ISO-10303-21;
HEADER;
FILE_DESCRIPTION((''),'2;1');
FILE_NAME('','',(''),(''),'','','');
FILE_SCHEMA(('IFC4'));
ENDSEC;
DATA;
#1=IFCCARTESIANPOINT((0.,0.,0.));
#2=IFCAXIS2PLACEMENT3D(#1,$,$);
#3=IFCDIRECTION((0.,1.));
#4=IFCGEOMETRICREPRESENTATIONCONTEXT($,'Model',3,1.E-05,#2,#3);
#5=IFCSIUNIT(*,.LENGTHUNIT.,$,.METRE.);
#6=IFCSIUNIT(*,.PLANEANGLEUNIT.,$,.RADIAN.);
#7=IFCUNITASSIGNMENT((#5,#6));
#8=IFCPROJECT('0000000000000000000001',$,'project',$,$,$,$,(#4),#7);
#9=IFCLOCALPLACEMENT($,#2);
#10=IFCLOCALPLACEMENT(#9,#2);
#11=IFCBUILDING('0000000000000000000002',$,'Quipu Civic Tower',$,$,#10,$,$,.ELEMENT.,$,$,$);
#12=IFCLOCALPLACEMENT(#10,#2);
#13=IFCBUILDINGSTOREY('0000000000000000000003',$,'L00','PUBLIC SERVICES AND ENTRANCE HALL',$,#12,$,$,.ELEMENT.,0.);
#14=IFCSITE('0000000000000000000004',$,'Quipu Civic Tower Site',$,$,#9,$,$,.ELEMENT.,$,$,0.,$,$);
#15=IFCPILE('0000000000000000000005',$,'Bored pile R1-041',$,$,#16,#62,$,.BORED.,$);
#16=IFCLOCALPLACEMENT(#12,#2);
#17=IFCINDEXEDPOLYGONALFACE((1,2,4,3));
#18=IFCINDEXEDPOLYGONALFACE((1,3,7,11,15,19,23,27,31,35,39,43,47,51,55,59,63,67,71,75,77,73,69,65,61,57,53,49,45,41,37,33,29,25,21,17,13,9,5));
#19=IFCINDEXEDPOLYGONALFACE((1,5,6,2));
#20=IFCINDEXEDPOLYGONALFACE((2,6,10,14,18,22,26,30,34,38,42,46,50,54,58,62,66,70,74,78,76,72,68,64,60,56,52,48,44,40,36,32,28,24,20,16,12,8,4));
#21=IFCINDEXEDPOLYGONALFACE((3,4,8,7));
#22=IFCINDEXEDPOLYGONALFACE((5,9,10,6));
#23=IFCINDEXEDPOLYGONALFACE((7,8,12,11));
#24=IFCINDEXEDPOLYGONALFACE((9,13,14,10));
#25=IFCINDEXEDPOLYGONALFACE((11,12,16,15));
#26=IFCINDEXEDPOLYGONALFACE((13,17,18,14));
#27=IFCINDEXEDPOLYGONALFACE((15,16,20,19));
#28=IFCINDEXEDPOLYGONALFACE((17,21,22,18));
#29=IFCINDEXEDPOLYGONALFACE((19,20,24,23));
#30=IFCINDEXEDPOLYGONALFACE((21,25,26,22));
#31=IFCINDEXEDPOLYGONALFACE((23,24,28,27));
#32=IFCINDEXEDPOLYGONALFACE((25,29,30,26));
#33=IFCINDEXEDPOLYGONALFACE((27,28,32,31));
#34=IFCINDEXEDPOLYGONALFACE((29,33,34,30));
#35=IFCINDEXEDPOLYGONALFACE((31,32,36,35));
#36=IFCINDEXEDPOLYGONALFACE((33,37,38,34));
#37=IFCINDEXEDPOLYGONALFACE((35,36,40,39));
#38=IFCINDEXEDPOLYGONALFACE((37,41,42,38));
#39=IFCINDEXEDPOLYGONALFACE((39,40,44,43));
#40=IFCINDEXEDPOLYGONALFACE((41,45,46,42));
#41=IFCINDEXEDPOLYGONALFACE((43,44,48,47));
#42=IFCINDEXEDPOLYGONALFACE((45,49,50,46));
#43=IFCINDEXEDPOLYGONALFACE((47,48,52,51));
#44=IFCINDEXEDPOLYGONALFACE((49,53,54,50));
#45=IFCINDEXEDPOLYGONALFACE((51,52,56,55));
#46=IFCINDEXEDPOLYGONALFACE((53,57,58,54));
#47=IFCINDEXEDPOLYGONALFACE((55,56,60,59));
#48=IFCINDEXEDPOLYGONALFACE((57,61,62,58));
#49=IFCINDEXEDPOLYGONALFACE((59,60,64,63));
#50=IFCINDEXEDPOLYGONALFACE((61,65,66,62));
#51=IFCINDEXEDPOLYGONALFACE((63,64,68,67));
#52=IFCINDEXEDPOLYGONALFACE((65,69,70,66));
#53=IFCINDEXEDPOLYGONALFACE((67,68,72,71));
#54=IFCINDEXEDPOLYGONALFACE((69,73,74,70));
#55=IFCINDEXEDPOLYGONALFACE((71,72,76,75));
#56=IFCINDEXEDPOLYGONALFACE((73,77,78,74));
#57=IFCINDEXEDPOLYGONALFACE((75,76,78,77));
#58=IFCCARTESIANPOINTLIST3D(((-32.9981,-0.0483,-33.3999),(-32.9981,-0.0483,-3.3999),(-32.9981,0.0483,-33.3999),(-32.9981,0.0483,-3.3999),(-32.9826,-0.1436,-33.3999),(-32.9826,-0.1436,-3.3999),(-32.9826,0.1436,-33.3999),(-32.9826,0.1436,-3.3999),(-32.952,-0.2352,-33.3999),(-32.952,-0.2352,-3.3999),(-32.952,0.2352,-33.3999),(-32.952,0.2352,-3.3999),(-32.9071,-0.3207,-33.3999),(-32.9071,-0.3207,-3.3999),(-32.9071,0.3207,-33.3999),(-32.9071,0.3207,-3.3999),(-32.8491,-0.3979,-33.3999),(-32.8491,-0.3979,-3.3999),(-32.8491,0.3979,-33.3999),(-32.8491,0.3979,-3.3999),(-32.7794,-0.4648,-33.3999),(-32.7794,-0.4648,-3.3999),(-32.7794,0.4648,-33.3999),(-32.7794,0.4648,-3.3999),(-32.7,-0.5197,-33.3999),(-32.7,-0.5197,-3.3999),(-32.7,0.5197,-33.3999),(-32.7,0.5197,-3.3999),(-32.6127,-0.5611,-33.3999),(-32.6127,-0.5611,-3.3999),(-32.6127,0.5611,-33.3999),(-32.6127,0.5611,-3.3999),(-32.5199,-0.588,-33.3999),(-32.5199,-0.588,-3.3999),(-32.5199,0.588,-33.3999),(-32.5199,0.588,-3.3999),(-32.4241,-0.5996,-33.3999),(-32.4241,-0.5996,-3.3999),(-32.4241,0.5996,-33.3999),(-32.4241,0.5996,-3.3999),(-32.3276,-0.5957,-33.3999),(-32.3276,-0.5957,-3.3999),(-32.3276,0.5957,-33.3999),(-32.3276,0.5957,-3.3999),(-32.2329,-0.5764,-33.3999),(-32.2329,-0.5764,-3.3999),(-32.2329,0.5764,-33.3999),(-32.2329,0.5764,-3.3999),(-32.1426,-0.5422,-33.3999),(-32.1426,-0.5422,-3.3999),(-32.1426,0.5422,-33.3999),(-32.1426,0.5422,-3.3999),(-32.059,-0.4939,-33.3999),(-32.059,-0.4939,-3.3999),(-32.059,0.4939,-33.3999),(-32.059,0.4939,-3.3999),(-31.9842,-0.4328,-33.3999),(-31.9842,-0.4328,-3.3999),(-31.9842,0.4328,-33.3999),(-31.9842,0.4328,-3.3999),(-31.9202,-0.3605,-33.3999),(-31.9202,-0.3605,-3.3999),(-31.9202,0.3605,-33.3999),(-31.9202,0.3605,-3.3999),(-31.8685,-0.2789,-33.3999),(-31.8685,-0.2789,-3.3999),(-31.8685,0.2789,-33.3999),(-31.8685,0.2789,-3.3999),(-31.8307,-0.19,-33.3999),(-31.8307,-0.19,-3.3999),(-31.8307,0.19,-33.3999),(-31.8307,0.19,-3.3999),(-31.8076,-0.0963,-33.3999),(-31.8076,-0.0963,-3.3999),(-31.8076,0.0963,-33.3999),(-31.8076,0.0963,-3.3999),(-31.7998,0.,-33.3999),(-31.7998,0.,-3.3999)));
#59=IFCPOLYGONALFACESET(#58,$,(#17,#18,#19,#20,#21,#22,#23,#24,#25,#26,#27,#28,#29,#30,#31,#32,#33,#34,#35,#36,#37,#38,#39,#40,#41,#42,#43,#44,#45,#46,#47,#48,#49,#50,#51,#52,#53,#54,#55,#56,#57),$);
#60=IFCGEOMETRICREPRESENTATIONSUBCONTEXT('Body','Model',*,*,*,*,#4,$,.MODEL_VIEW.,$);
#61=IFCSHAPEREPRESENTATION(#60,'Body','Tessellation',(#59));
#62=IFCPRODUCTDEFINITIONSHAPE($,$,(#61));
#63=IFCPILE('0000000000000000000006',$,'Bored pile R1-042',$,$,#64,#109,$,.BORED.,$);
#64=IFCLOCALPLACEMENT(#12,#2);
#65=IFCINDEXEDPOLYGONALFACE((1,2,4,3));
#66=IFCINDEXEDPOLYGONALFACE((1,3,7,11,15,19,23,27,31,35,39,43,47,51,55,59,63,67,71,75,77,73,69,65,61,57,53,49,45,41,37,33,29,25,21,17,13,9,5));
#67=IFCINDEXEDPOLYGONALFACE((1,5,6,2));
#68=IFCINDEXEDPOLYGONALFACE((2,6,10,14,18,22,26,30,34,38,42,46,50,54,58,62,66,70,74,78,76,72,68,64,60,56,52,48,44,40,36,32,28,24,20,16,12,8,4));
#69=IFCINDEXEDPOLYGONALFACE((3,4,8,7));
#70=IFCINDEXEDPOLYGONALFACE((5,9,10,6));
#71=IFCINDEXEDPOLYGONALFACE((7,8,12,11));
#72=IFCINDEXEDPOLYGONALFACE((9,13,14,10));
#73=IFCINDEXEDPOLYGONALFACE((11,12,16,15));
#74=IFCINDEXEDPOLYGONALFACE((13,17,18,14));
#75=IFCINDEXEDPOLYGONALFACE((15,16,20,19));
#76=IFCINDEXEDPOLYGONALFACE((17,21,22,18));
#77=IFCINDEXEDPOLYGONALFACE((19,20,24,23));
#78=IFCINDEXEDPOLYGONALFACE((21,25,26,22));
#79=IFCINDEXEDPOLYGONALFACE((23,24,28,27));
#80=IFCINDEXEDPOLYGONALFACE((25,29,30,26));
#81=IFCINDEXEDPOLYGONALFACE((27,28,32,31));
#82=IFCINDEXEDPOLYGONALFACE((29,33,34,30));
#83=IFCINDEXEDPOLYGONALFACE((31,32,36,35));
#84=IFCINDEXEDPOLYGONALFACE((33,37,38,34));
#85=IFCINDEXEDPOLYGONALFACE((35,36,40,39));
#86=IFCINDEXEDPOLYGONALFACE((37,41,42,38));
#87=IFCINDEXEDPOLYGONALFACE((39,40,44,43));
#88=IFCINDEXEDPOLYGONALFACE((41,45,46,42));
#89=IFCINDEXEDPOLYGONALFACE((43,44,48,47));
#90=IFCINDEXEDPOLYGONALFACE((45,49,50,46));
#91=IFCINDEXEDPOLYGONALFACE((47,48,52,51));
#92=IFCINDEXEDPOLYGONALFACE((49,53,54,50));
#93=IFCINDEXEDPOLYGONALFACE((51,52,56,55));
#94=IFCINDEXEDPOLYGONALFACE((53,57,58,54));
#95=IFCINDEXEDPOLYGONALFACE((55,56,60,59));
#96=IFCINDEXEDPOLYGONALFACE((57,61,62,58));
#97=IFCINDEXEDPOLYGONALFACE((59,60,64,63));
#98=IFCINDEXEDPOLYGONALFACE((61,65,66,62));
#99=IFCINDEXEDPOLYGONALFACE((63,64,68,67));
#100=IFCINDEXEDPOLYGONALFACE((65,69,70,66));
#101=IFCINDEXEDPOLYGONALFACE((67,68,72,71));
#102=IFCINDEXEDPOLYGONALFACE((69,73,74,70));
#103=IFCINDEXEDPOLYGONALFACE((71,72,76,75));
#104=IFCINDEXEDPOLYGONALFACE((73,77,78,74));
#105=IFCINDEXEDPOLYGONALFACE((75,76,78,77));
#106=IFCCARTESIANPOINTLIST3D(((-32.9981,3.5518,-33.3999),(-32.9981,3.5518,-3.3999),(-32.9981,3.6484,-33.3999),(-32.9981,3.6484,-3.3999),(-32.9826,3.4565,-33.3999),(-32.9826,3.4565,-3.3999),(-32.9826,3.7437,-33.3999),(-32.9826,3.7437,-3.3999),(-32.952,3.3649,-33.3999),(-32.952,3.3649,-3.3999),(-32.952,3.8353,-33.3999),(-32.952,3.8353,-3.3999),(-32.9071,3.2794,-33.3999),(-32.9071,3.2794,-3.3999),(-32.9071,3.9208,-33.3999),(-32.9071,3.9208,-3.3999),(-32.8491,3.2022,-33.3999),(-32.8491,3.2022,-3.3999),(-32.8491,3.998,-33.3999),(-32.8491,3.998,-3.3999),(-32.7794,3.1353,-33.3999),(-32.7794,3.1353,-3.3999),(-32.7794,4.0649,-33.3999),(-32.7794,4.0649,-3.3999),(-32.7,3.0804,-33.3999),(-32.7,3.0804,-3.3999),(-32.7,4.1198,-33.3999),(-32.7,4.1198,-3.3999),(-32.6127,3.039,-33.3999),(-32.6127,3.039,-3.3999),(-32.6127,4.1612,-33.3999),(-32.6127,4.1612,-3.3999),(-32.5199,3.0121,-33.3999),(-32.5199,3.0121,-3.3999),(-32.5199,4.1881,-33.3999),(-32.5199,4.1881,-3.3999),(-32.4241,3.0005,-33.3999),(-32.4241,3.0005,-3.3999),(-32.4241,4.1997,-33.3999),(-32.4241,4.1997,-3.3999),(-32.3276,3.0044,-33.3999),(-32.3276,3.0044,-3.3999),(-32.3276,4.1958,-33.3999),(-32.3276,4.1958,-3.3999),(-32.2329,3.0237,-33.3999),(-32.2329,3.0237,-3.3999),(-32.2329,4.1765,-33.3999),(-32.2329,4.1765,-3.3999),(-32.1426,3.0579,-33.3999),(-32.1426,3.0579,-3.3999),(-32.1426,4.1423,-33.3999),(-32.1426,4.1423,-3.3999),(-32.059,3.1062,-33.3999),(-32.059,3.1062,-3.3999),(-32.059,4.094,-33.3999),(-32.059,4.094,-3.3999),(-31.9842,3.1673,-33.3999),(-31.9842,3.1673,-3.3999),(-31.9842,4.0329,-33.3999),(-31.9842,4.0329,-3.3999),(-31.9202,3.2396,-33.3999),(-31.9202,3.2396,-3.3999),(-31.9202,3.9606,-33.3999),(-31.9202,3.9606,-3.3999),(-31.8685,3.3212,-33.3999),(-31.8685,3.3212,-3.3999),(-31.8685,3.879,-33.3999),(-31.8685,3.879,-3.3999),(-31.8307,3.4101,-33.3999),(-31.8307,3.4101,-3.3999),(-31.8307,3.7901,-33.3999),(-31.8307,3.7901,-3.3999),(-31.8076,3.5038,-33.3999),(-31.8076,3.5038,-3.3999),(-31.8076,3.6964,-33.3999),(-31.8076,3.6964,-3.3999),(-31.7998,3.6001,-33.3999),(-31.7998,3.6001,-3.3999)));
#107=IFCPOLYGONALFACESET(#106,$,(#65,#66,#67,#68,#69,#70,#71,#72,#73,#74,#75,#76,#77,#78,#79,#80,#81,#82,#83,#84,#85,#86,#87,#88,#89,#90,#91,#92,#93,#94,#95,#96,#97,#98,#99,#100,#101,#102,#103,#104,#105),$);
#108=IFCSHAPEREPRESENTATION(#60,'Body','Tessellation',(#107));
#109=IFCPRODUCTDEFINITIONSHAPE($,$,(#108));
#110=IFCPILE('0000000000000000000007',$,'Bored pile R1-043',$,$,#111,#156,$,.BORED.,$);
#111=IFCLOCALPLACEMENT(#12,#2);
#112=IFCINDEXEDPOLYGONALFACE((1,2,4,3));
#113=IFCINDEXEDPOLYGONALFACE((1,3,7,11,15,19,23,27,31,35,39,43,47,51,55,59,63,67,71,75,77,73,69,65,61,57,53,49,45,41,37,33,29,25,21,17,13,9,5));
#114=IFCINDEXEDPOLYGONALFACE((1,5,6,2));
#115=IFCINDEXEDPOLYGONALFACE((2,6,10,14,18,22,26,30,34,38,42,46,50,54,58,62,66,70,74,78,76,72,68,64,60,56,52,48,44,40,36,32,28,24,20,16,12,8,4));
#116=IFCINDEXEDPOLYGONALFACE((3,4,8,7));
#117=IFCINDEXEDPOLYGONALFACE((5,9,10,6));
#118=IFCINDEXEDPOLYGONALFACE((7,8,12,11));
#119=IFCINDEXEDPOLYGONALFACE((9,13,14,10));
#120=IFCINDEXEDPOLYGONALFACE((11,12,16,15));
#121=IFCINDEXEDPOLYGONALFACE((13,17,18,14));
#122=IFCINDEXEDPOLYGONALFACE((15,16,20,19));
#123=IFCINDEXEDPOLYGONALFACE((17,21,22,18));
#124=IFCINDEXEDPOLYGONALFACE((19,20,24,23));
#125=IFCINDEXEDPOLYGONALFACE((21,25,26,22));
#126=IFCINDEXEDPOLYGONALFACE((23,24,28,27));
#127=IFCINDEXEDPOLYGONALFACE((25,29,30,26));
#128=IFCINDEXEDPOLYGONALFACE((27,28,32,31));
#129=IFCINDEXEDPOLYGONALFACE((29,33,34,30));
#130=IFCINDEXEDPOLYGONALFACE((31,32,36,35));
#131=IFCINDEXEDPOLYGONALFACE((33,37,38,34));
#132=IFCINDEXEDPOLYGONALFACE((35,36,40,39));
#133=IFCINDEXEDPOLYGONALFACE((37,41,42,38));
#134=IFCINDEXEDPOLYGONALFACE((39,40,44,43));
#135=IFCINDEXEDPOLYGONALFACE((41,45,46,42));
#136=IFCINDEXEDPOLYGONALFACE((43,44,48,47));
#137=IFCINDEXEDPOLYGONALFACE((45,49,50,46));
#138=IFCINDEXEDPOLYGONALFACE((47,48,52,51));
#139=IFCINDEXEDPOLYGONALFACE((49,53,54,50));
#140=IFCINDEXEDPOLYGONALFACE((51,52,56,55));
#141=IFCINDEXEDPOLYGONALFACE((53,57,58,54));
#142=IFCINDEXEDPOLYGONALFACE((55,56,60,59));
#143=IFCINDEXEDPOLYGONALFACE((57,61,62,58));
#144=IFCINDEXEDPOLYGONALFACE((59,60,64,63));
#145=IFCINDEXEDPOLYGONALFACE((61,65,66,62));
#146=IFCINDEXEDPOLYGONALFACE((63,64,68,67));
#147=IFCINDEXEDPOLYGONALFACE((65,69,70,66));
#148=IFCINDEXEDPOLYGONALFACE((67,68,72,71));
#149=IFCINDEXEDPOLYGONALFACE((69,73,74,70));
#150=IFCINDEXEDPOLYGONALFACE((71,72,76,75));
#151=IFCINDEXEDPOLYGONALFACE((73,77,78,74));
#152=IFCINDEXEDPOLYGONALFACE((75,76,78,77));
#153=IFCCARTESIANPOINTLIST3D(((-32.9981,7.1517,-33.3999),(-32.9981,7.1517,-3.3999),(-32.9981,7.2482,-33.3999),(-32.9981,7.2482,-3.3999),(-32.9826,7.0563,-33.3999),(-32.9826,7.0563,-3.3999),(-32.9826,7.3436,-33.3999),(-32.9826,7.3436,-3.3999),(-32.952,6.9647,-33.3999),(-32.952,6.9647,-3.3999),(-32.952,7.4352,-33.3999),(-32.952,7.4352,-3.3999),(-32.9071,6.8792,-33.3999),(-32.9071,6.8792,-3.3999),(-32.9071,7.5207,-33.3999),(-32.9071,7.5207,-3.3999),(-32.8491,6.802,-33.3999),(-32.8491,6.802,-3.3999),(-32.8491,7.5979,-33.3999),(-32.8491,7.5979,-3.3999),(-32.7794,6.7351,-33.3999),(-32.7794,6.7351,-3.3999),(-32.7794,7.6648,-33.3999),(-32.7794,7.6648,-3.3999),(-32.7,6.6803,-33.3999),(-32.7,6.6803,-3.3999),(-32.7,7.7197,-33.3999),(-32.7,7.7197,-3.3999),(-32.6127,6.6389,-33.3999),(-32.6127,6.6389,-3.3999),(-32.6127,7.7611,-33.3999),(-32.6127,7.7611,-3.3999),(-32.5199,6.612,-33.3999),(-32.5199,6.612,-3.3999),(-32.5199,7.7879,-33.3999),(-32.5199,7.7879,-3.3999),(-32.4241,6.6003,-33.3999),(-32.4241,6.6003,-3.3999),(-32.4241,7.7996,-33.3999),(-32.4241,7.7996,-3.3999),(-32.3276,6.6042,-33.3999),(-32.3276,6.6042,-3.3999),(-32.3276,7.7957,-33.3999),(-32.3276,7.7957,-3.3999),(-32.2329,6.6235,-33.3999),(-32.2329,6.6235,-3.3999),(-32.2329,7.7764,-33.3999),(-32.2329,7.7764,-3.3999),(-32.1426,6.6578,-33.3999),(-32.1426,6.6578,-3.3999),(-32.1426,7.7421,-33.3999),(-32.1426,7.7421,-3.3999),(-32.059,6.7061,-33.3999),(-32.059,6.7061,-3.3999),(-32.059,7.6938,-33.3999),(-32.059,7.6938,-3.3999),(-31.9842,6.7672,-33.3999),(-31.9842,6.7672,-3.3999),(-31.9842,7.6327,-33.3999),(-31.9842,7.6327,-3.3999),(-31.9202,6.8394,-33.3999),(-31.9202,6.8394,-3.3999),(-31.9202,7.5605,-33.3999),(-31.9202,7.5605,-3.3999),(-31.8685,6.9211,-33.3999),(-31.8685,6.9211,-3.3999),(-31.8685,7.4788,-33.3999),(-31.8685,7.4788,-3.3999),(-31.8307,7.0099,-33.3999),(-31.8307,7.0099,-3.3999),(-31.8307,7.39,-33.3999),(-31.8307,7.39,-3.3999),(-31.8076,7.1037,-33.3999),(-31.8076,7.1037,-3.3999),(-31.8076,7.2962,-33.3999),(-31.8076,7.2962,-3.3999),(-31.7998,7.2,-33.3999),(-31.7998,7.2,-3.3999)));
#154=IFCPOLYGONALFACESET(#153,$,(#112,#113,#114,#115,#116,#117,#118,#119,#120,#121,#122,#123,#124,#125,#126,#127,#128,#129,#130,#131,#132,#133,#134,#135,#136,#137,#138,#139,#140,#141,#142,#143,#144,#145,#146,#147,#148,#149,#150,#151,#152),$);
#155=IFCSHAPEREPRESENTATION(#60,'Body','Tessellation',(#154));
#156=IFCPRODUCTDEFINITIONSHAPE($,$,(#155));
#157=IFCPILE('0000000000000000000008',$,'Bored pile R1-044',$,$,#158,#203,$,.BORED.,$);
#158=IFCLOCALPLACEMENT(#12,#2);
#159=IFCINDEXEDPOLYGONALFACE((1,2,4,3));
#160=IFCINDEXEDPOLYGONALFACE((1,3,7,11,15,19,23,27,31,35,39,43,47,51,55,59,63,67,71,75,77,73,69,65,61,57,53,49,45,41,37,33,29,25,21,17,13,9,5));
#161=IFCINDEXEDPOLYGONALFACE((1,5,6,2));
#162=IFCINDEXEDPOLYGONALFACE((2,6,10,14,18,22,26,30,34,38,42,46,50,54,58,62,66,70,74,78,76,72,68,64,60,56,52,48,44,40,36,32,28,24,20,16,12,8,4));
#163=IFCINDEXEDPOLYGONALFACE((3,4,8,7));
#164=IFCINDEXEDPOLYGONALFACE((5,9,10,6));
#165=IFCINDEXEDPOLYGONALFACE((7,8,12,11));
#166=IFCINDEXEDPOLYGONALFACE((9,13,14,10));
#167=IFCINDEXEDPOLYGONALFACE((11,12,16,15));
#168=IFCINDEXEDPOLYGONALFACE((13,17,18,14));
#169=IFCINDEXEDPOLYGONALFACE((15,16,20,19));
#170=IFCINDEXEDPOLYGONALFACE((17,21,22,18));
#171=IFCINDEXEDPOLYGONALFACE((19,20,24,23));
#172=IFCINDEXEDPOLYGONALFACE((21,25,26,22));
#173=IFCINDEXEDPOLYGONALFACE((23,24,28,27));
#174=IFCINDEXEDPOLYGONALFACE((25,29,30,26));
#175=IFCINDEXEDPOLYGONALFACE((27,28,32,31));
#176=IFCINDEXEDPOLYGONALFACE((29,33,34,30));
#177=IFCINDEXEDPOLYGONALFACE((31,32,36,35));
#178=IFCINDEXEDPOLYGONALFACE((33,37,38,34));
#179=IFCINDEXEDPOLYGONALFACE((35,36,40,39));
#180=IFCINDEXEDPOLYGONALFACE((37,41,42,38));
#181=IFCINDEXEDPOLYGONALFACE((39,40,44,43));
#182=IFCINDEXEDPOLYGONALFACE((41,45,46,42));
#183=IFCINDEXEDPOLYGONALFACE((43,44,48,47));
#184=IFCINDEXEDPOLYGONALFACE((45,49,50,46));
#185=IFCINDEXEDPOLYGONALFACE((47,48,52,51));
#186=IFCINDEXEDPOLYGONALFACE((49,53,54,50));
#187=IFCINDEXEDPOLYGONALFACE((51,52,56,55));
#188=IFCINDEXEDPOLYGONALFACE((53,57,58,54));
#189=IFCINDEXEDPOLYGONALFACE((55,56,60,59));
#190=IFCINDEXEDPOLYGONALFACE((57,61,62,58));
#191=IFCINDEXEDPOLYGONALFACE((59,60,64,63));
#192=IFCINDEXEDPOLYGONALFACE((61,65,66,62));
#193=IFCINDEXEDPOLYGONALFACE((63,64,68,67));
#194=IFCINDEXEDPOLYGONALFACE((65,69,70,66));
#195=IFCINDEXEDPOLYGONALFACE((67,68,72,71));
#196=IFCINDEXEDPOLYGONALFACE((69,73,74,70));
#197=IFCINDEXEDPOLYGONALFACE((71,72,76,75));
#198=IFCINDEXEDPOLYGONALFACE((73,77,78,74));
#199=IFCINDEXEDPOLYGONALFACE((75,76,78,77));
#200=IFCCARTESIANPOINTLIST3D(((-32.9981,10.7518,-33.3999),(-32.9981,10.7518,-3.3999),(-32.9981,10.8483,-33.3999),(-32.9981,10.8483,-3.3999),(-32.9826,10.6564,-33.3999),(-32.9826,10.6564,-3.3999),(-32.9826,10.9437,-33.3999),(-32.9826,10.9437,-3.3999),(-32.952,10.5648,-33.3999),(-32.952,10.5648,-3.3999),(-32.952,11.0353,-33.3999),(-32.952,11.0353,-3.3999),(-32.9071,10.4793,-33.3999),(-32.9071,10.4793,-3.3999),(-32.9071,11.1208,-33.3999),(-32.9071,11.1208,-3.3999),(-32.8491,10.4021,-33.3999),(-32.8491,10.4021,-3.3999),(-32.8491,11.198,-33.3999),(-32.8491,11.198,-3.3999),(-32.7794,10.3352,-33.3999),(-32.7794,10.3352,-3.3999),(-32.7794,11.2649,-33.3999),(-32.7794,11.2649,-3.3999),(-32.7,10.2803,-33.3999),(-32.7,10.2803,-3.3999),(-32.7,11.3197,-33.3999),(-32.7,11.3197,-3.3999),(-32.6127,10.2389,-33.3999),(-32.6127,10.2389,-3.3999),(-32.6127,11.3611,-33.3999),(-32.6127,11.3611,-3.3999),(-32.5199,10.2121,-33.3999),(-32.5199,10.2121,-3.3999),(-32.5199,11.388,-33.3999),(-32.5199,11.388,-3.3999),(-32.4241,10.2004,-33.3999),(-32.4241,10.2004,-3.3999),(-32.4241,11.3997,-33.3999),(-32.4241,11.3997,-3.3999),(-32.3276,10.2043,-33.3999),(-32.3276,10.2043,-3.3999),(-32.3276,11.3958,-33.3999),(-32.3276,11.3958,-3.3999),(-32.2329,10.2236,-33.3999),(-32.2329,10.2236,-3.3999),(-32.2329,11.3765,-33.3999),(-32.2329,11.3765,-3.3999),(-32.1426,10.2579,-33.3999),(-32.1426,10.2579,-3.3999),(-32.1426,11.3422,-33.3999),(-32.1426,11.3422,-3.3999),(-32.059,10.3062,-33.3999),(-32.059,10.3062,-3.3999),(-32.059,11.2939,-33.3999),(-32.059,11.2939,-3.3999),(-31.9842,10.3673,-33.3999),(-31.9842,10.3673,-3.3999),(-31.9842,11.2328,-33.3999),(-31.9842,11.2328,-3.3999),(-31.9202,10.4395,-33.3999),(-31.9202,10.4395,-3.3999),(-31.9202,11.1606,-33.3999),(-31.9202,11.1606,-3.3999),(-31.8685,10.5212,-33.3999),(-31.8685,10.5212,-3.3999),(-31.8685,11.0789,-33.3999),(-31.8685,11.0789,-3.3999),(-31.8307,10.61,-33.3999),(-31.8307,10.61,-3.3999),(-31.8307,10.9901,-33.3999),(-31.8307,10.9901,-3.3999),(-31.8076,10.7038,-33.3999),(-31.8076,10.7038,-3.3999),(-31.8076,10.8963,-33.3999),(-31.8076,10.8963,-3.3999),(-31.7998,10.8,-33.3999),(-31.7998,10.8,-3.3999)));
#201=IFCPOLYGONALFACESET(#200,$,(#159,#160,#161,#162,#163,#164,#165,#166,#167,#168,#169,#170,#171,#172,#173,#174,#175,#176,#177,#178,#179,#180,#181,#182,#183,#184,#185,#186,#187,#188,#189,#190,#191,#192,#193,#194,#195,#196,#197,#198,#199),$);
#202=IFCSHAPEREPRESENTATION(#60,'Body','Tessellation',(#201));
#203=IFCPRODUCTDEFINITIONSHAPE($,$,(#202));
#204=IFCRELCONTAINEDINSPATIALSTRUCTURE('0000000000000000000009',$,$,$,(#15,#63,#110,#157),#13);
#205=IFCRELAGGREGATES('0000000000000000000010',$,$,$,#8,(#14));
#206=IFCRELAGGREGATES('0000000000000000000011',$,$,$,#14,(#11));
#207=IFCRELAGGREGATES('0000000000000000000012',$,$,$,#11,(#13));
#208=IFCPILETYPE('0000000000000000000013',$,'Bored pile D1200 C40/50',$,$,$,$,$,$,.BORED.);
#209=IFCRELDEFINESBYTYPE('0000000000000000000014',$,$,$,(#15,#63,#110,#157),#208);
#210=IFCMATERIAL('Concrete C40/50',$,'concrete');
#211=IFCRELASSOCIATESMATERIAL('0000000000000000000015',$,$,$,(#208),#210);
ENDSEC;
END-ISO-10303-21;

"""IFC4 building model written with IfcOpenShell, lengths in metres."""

from ifc_helpers import new_model, si_unit, direction, frame, origin, origin_2d, place, context, subcontext, project, spatial, circle, extrude, material, material_profile, profile_set, type_object, element, save


model = new_model("IFC4")

# Units and contexts
model_context = context("Model", 3, precision=1e-05, world=origin(), true_north=direction((0.0, 1.0)))
body_context = subcontext(model_context, "Body", "Model", "MODEL_VIEW")
ifc_project = project(units=[si_unit("LENGTHUNIT", "METRE"), si_unit("PLANEANGLEUNIT", "RADIAN")], contexts=[model_context])

# Site, building, storey
site_placement = place(None, origin())
site = spatial("IfcSite", under=ifc_project, at=site_placement, Name="Quipu Civic Tower Site", CompositionType="ELEMENT", RefElevation=0.0)
building_placement = place(site_placement, origin())
building = spatial("IfcBuilding", under=site, at=building_placement, Name="Quipu Civic Tower", CompositionType="ELEMENT")
storey_placement = place(building_placement, origin())
storey = spatial("IfcBuildingStorey", under=building, at=storey_placement, Name="L00", Description="PUBLIC SERVICES AND ENTRANCE HALL", CompositionType="ELEMENT", Elevation=0.0)

# Piles
ifc_material_1 = material(Name="Concrete C40/50", Category="concrete")
ifc_material_profile_1 = material_profile(ifc_material_1, circle(Radius=0.6001, at=origin_2d()), Name="RCD1200")
ifc_profile_set_1 = profile_set([ifc_material_profile_1], Name="Concrete C40/50")
pile_type = type_object("IfcPileType", Name="Bored pile D1200 C40/50", PredefinedType="BORED", material=ifc_profile_set_1)
for number, where, z_axis, x_axis, name in (
    (1, (-32.3999, 0.0, -3.3999), (0.0, 0.0, -1.0), (1.0, 0.0, 0.0), "Bored pile R1-041"),
    (2, (-32.3999, 3.6001, -3.3999), (0.0, 0.0, -1.0), (1.0, 0.0, 0.0), "Bored pile R1-042"),
    (3, (-32.3999, 7.2, -3.3999), (0.0, 0.0, -1.0), (1.0, 0.0, 0.0), "Bored pile R1-043"),
    (4, (-32.3999, 10.8, -3.3999), (0.0, 0.0, -1.0), (1.0, 0.0, 0.0), "Bored pile R1-044"),
):
    element("IfcPile", number, at=place(storey_placement, frame(where, z_axis=z_axis, x_axis=x_axis)), inside=storey, type_object=pile_type, Name=name, PredefinedType="BORED", context=body_context, shape_type="SweptSolid", body=[
        extrude(circle(Radius=0.6001, at=origin_2d()), origin(), (0.0, 0.0, 1.0), 30.0),
    ])

save(model, "model.ifc")
